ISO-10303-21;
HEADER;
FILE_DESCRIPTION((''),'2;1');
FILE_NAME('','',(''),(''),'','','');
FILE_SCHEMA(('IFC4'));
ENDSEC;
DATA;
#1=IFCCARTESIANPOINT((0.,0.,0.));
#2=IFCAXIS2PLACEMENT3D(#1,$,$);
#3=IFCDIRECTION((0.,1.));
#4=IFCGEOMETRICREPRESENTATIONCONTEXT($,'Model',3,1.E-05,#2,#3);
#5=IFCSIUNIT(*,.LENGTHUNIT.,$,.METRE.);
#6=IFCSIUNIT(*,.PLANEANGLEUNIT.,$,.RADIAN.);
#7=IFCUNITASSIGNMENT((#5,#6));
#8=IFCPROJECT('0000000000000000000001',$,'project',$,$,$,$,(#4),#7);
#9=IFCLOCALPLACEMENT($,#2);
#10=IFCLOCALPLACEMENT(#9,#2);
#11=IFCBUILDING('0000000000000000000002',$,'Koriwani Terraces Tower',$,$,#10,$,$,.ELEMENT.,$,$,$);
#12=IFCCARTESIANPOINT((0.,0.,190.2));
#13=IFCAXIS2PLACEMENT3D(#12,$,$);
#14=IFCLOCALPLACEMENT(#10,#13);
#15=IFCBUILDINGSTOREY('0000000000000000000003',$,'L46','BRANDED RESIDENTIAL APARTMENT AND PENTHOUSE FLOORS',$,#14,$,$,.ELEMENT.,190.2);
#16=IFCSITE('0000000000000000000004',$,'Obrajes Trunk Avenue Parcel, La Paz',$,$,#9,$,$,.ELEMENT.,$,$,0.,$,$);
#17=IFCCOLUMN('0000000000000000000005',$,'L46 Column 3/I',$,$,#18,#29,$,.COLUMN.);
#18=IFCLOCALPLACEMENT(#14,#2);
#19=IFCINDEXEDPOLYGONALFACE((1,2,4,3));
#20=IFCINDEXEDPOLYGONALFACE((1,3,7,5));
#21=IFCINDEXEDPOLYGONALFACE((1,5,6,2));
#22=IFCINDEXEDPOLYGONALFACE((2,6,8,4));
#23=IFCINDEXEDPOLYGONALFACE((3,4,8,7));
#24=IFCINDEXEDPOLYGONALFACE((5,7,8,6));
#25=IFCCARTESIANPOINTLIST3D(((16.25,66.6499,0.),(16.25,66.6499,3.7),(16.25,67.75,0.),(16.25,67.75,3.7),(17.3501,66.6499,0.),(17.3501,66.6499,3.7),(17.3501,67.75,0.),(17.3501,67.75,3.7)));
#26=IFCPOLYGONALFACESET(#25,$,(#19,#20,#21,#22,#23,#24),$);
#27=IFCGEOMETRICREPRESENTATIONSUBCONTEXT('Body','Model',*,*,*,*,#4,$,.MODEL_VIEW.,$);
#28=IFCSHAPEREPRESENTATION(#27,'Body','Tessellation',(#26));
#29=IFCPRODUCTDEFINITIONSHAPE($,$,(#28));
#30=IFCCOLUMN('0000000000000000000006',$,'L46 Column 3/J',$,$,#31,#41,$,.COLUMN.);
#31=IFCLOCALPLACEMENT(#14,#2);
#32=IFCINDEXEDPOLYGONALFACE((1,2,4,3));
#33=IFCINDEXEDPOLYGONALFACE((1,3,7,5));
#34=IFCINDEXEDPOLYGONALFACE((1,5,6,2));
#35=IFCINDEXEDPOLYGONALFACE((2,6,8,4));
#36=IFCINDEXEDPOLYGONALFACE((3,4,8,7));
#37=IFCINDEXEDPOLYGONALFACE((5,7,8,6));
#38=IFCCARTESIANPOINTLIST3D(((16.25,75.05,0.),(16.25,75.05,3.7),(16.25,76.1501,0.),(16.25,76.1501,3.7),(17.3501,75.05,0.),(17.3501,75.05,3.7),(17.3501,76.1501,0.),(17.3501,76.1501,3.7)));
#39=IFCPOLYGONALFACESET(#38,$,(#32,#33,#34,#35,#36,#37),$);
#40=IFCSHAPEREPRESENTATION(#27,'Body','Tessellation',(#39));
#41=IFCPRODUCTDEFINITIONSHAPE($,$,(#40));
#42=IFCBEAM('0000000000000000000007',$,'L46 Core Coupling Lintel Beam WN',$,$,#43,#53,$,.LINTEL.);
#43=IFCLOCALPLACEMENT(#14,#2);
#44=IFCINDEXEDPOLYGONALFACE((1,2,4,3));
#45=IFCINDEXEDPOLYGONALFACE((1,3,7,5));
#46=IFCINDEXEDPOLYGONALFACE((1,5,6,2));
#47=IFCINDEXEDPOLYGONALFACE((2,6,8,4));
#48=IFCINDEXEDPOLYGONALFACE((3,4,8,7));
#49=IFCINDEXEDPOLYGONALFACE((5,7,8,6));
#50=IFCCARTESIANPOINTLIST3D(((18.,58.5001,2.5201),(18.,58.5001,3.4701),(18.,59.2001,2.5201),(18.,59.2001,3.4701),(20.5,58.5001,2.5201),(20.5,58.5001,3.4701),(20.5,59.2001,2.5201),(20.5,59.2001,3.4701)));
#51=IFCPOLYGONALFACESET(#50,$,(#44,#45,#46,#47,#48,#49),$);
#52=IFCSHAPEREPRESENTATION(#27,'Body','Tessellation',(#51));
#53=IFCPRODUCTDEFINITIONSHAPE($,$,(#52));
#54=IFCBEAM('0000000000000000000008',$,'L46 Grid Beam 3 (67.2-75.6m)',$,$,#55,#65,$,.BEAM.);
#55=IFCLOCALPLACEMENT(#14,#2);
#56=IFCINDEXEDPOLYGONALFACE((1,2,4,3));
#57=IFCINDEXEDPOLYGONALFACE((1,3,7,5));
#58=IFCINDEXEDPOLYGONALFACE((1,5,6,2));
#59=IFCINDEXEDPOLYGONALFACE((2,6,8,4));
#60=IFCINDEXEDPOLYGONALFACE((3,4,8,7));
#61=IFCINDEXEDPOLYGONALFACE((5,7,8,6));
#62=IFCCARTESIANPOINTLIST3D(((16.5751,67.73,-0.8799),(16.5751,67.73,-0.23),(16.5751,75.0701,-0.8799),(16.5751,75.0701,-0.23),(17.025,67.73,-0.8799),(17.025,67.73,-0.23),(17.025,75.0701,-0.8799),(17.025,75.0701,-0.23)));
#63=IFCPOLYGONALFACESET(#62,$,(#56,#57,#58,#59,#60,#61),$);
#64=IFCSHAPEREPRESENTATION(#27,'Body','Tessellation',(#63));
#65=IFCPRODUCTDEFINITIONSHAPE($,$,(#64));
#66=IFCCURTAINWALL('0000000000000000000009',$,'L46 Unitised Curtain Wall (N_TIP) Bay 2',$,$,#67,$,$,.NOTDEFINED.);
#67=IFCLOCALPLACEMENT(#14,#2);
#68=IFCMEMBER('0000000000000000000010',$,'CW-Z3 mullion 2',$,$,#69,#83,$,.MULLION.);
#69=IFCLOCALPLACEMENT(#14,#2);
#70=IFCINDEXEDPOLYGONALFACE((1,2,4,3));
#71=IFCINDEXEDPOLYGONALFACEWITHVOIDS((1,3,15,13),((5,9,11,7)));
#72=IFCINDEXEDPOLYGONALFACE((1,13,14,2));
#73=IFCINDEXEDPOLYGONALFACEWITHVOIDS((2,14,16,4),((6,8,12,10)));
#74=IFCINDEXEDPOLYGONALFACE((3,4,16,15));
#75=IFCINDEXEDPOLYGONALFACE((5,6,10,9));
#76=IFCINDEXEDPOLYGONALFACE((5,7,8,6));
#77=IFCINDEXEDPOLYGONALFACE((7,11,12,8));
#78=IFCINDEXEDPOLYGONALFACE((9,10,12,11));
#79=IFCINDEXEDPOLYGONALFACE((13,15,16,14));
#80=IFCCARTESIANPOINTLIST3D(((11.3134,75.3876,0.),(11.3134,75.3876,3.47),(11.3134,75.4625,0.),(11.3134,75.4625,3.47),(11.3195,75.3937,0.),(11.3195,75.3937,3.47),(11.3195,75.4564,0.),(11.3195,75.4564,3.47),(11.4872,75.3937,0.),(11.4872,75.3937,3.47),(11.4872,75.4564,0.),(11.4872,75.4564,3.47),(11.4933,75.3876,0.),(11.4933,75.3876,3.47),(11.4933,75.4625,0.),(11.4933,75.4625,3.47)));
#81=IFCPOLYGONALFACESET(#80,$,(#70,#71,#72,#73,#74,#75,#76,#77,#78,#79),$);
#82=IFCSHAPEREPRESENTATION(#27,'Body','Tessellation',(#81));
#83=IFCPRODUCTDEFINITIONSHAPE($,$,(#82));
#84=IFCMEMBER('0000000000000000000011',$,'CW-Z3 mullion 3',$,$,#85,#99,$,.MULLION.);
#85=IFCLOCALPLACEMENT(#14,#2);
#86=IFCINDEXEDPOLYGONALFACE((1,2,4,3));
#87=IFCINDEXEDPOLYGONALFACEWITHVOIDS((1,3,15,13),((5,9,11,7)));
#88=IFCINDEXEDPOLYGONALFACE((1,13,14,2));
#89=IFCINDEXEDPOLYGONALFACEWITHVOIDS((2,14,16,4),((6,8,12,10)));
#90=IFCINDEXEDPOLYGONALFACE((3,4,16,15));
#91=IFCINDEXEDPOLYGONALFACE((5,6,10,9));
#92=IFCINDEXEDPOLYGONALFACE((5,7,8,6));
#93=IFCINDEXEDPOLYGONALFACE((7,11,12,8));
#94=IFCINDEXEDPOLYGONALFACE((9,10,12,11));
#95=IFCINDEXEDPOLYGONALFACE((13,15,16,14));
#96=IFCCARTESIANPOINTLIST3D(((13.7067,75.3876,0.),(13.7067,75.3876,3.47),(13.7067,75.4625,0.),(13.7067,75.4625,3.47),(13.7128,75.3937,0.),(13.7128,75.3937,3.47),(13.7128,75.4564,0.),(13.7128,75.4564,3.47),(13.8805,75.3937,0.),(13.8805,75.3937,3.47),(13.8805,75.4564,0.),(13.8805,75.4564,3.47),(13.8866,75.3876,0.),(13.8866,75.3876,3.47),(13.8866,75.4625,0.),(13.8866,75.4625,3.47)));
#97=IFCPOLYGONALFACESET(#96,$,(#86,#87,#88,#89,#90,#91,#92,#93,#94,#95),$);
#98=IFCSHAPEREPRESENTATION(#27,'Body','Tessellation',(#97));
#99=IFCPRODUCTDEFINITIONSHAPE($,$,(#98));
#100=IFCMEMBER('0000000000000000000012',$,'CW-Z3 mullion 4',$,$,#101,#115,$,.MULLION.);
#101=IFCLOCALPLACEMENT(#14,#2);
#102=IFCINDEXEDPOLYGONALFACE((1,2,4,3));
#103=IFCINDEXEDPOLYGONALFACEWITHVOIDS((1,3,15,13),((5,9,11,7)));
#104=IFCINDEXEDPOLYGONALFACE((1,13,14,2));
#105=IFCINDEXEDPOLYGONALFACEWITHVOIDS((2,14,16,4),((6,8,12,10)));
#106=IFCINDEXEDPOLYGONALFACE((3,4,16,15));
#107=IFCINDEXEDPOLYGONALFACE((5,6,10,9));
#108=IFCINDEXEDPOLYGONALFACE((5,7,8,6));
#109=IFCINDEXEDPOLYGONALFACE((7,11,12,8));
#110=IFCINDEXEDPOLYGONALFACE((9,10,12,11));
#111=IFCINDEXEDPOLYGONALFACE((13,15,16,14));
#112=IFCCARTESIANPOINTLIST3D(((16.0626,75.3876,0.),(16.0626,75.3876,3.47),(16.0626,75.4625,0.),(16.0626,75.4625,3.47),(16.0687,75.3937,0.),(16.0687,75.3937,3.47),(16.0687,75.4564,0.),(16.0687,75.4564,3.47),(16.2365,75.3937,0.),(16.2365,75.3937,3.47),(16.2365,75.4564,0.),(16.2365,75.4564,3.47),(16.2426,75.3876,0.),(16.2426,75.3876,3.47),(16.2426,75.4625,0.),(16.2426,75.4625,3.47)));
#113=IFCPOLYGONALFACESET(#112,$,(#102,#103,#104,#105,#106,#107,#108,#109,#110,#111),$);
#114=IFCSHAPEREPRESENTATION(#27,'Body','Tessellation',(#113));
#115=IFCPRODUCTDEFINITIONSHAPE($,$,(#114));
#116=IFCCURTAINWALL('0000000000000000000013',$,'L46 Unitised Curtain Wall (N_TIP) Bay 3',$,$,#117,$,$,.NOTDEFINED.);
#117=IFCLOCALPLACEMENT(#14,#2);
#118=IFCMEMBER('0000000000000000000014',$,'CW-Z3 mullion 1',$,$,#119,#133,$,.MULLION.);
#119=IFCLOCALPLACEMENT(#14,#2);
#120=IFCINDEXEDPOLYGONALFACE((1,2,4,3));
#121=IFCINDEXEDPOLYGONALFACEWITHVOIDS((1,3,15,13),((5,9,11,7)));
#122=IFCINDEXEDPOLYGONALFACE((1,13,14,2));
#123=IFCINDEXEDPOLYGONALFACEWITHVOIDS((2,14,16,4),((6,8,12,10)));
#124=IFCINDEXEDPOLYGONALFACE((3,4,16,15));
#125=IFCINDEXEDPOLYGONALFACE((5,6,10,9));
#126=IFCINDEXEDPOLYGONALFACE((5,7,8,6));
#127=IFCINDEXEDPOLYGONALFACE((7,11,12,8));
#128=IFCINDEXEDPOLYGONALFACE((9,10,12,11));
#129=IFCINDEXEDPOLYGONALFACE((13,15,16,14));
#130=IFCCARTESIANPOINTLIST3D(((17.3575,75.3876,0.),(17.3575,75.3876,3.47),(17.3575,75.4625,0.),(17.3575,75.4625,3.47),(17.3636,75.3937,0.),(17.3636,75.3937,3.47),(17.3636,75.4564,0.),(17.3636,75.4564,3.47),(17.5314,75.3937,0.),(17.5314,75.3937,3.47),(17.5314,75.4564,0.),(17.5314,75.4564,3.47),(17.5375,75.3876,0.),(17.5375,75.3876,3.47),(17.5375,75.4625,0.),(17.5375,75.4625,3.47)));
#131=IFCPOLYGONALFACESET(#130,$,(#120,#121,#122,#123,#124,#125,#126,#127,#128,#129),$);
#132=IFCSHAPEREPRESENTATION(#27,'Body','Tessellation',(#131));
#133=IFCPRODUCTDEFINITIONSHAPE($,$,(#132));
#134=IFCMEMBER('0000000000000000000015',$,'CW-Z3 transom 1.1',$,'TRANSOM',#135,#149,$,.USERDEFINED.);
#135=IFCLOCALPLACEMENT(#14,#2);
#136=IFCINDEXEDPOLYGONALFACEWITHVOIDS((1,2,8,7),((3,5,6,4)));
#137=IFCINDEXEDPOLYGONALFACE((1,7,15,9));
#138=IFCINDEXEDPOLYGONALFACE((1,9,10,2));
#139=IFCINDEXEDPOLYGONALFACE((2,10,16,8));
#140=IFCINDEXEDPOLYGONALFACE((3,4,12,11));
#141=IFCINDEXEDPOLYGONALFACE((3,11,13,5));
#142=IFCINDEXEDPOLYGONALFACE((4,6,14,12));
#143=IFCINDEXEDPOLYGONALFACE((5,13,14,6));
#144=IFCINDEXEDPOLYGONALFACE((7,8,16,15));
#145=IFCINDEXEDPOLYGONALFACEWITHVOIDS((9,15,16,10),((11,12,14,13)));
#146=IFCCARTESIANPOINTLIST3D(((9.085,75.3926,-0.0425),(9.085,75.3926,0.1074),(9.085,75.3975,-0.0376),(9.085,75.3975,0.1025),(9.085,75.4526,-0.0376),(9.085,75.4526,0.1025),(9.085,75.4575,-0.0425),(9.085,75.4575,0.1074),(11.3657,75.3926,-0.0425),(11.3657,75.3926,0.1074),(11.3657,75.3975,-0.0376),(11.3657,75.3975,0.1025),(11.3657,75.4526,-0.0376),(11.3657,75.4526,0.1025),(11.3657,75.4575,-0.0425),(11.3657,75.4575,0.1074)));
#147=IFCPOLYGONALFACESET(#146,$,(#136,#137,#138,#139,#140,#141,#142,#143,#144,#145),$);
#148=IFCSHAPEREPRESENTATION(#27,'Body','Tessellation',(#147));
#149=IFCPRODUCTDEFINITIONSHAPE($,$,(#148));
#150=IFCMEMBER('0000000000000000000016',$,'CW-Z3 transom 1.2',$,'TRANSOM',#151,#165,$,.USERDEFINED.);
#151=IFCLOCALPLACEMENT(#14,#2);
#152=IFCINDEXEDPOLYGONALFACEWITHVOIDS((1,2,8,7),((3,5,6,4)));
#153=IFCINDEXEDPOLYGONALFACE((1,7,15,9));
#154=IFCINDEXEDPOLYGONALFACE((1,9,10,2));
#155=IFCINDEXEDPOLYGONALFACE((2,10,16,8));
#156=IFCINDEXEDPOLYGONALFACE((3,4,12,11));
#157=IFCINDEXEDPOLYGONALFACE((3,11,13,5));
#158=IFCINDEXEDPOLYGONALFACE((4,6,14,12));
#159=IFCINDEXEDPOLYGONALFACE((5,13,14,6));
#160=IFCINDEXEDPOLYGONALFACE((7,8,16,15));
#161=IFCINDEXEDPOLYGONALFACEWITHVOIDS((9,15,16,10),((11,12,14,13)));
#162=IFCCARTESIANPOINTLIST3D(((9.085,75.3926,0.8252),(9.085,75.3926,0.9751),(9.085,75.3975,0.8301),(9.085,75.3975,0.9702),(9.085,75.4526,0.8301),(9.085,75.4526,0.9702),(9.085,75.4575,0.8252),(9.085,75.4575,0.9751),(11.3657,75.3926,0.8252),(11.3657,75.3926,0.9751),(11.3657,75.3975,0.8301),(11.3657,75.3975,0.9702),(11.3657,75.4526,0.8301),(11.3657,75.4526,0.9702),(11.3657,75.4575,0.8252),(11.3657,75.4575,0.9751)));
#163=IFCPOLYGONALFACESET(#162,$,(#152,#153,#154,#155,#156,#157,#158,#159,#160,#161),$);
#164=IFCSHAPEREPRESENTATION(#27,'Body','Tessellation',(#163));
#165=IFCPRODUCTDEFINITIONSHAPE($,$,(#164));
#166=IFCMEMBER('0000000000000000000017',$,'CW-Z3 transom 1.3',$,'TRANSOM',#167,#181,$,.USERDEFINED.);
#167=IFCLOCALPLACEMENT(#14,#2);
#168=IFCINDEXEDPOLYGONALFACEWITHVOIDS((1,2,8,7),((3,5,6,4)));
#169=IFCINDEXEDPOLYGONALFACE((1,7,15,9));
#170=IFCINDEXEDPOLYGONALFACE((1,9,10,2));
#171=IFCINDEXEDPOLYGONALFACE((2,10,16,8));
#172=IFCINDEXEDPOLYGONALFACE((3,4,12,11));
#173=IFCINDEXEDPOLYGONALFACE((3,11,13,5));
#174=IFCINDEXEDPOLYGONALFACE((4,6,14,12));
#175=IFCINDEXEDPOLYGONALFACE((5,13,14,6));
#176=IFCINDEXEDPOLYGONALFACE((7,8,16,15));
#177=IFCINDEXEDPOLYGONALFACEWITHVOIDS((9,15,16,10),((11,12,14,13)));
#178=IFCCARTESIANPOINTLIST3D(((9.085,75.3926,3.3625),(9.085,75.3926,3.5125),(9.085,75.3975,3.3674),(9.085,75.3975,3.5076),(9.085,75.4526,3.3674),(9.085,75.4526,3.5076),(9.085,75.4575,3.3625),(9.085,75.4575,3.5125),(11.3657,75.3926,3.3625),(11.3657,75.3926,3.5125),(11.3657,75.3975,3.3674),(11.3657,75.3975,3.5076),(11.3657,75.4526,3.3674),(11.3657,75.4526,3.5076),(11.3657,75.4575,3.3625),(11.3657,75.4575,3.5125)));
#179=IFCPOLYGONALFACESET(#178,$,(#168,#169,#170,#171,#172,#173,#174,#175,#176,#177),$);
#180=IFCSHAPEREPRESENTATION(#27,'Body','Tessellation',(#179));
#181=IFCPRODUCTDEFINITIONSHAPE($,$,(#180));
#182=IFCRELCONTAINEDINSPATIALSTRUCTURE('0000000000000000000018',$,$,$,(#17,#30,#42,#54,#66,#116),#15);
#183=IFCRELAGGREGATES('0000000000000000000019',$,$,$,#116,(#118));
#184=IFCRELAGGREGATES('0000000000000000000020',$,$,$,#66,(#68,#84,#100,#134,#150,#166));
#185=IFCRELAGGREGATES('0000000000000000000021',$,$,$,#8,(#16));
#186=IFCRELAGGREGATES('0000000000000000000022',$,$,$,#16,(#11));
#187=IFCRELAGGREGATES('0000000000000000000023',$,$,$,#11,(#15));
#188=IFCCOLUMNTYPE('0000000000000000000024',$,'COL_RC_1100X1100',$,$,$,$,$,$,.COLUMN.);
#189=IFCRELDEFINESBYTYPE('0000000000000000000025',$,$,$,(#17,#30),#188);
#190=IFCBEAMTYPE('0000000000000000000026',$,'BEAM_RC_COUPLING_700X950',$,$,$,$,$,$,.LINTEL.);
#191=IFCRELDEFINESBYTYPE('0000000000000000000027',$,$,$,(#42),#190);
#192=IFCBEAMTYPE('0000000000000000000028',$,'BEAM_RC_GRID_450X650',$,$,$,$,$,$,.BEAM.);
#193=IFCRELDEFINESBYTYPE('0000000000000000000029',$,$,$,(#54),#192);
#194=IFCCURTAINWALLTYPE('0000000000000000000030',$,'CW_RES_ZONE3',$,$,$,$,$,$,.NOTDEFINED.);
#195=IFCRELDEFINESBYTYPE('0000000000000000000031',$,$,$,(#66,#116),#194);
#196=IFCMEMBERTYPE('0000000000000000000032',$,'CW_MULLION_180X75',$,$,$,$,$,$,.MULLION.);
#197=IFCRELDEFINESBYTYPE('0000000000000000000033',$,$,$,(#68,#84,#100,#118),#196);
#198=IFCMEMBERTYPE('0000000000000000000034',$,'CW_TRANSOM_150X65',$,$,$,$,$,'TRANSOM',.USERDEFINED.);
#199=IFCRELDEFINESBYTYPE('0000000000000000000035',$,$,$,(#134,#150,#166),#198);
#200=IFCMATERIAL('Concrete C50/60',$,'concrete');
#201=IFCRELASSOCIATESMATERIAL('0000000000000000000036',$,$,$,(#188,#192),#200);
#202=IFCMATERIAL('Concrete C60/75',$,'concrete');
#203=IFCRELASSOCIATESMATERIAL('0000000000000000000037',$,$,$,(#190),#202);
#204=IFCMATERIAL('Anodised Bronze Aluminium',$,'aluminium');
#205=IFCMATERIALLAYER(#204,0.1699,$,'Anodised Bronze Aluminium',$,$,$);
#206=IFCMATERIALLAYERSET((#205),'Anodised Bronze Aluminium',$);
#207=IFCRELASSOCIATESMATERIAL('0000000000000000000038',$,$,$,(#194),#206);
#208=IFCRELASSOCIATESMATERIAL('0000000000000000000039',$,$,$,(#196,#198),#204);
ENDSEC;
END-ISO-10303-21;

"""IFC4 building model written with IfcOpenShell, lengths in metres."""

from ifc_helpers import new_model, si_unit, direction, frame, origin, origin_2d, place, context, subcontext, project, spatial, rectangle, hollow_rectangle, extrude, material, layer, layer_set, material_profile, profile_set, type_object, element, aggregate, save


model = new_model("IFC4")

# Units and contexts
model_context = context("Model", 3, precision=1e-05, world=origin(), true_north=direction((0.0, 1.0)))
body_context = subcontext(model_context, "Body", "Model", "MODEL_VIEW")
ifc_project = project(units=[si_unit("LENGTHUNIT", "METRE"), si_unit("PLANEANGLEUNIT", "RADIAN")], contexts=[model_context])

# Site, building, storey
site_placement = place(None, origin())
site = spatial("IfcSite", under=ifc_project, at=site_placement, Name="Obrajes Trunk Avenue Parcel, La Paz", CompositionType="ELEMENT", RefElevation=0.0)
building_placement = place(site_placement, origin())
building = spatial("IfcBuilding", under=site, at=building_placement, Name="Koriwani Terraces Tower", CompositionType="ELEMENT")
storey_placement = place(building_placement, frame((0.0, 0.0, 190.2)))
storey = spatial("IfcBuildingStorey", under=building, at=storey_placement, Name="L46", Description="BRANDED RESIDENTIAL APARTMENT AND PENTHOUSE FLOORS", CompositionType="ELEMENT", Elevation=190.2)

# Columns
ifc_material_1 = material(Name="Concrete C50/60", Category="concrete")
ifc_material_profile_1 = material_profile(ifc_material_1, rectangle(XDim=1.1001, YDim=1.1001, at=origin_2d()), Name="Concrete C50/60", Category="LoadBearing")
ifc_profile_set_1 = profile_set([ifc_material_profile_1], Name="Concrete C50/60")
column_type = type_object("IfcColumnType", Name="COL_RC_1100X1100", PredefinedType="COLUMN", material=ifc_profile_set_1)
for number, where, z_axis, x_axis, name in (
    (1, (16.8, 67.2, 0.0), (0.0, 0.0, 1.0), (1.0, 0.0, 0.0), "L46 Column 3/I"),
    (2, (16.8, 75.6001, 0.0), (0.0, 0.0, 1.0), (1.0, 0.0, 0.0), "L46 Column 3/J"),
):
    element("IfcColumn", number, at=place(storey_placement, frame(where, z_axis=z_axis, x_axis=x_axis)), inside=storey, type_object=column_type, Name=name, PredefinedType="COLUMN", context=body_context, shape_type="SweptSolid", body=[
        extrude(rectangle(XDim=1.1001, YDim=1.1001, at=origin_2d()), origin(), (0.0, 0.0, 1.0), 3.7),
    ])

# Beams
ifc_material_2 = material(Name="Concrete C60/75", Category="concrete")
ifc_material_profile_2 = material_profile(ifc_material_2, rectangle(XDim=0.7, YDim=0.95, at=origin_2d()), Name="Concrete C60/75", Category="LoadBearing")
ifc_profile_set_2 = profile_set([ifc_material_profile_2], Name="Concrete C60/75")
beam_type_1 = type_object("IfcBeamType", Name="BEAM_RC_COUPLING_700X950", PredefinedType="LINTEL", material=ifc_profile_set_2)
beam_1_placement = place(storey_placement, frame((18.0, 58.8501, 2.9951), z_axis=(1.0, 0.0, 0.0), x_axis=(0.0, 1.0, 0.0)))
element("IfcBeam", 3, at=beam_1_placement, inside=storey, type_object=beam_type_1, Name="L46 Core Coupling Lintel Beam WN", PredefinedType="LINTEL", context=body_context, shape_type="SweptSolid", body=[
    extrude(rectangle(XDim=0.7, YDim=0.95, at=origin_2d()), origin(), (0.0, 0.0, 1.0), 2.5),
])
ifc_material_profile_3 = material_profile(ifc_material_1, rectangle(XDim=0.45, YDim=0.6499, at=origin_2d()), Name="Concrete C50/60", Category="LoadBearing")
ifc_profile_set_3 = profile_set([ifc_material_profile_3], Name="Concrete C50/60")
beam_type_2 = type_object("IfcBeamType", Name="BEAM_RC_GRID_450X650", PredefinedType="BEAM", material=ifc_profile_set_3)
beam_2_placement = place(storey_placement, frame((16.8, 67.73, -0.5549), z_axis=(0.0, 1.0, 0.0), x_axis=(-1.0, 0.0, 0.0)))
element("IfcBeam", 4, at=beam_2_placement, inside=storey, type_object=beam_type_2, Name="L46 Grid Beam 3 (67.2-75.6m)", PredefinedType="BEAM", context=body_context, shape_type="SweptSolid", body=[
    extrude(rectangle(XDim=0.45, YDim=0.6499, at=origin_2d()), origin(), (0.0, 0.0, 1.0), 7.3401),
])

# Curtain wall, members
ifc_material_3 = material(Name="Anodised Bronze Aluminium", Category="aluminium")
ifc_layer_1 = layer(ifc_material_3, 0.1699, Name="Anodised Bronze Aluminium")
ifc_layer_set_1 = layer_set([ifc_layer_1], Name="Anodised Bronze Aluminium")
curtain_wall_type = type_object("IfcCurtainWallType", Name="CW_RES_ZONE3", PredefinedType="NOTDEFINED", material=ifc_layer_set_1)
curtain_wall_1_placement = place(storey_placement, origin())
curtain_wall_1 = element("IfcCurtainWall", 5, at=curtain_wall_1_placement, inside=storey, type_object=curtain_wall_type, Name="L46 Unitised Curtain Wall (N_TIP) Bay 2", PredefinedType="NOTDEFINED")
ifc_material_profile_4 = material_profile(ifc_material_3, hollow_rectangle(XDim=0.075, YDim=0.1799, WallThickness=0.0061, at=origin_2d()), Name="Anodised Bronze Aluminium", Category="LoadBearing")
ifc_profile_set_4 = profile_set([ifc_material_profile_4], Name="Anodised Bronze Aluminium")
member_type_1 = type_object("IfcMemberType", Name="CW_MULLION_180X75", PredefinedType="MULLION", material=ifc_profile_set_4)
member_1_placement = place(storey_placement, frame((11.4033, 75.425, 0.0), z_axis=(0.0, 0.0, 1.0), x_axis=(0.0, 1.0, 0.0)))
member_1 = element("IfcMember", 6, at=member_1_placement, type_object=member_type_1, Name="CW-Z3 mullion 2", PredefinedType="MULLION", context=body_context, shape_type="SweptSolid", body=[
    extrude(hollow_rectangle(XDim=0.075, YDim=0.1799, WallThickness=0.0061, at=origin_2d()), origin(), (0.0, 0.0, 1.0), 3.47),
])
member_2_placement = place(storey_placement, frame((13.7966, 75.425, 0.0), z_axis=(0.0, 0.0, 1.0), x_axis=(0.0, 1.0, 0.0)))
member_2 = element("IfcMember", 7, at=member_2_placement, type_object=member_type_1, Name="CW-Z3 mullion 3", PredefinedType="MULLION", context=body_context, shape_type="SweptSolid", body=[
    extrude(hollow_rectangle(XDim=0.075, YDim=0.1799, WallThickness=0.0061, at=origin_2d()), origin(), (0.0, 0.0, 1.0), 3.47),
])
member_3_placement = place(storey_placement, frame((16.1526, 75.425, 0.0), z_axis=(0.0, 0.0, 1.0), x_axis=(0.0, 1.0, 0.0)))
member_3 = element("IfcMember", 8, at=member_3_placement, type_object=member_type_1, Name="CW-Z3 mullion 4", PredefinedType="MULLION", context=body_context, shape_type="SweptSolid", body=[
    extrude(hollow_rectangle(XDim=0.075, YDim=0.1799, WallThickness=0.0061, at=origin_2d()), origin(), (0.0, 0.0, 1.0), 3.47),
])

# Curtain wall, member
curtain_wall_2_placement = place(storey_placement, origin())
curtain_wall_2 = element("IfcCurtainWall", 9, at=curtain_wall_2_placement, inside=storey, type_object=curtain_wall_type, Name="L46 Unitised Curtain Wall (N_TIP) Bay 3", PredefinedType="NOTDEFINED")
member_4_placement = place(storey_placement, frame((17.4475, 75.425, 0.0), z_axis=(0.0, 0.0, 1.0), x_axis=(0.0, 1.0, 0.0)))
member_4 = element("IfcMember", 10, at=member_4_placement, type_object=member_type_1, Name="CW-Z3 mullion 1", PredefinedType="MULLION", context=body_context, shape_type="SweptSolid", body=[
    extrude(hollow_rectangle(XDim=0.075, YDim=0.1799, WallThickness=0.0061, at=origin_2d()), origin(), (0.0, 0.0, 1.0), 3.47),
])

# Members
ifc_material_profile_5 = material_profile(ifc_material_3, hollow_rectangle(XDim=0.0649, YDim=0.1499, WallThickness=0.0049, at=origin_2d()), Name="Anodised Bronze Aluminium", Category="LoadBearing")
ifc_profile_set_5 = profile_set([ifc_material_profile_5], Name="Anodised Bronze Aluminium")
member_type_2 = type_object("IfcMemberType", Name="CW_TRANSOM_150X65", ElementType="TRANSOM", PredefinedType="USERDEFINED", material=ifc_profile_set_5)
member_5_placement = place(storey_placement, frame((9.085, 75.425, 0.0325), z_axis=(1.0, 0.0, 0.0), x_axis=(0.0, 1.0, 0.0)))
member_5 = element("IfcMember", 11, at=member_5_placement, type_object=member_type_2, Name="CW-Z3 transom 1.1", ObjectType="TRANSOM", PredefinedType="USERDEFINED", context=body_context, shape_type="SweptSolid", body=[
    extrude(hollow_rectangle(XDim=0.0649, YDim=0.1499, WallThickness=0.0049, at=origin_2d()), origin(), (0.0, 0.0, 1.0), 2.2808),
])
member_6_placement = place(storey_placement, frame((9.085, 75.425, 0.9001), z_axis=(1.0, 0.0, 0.0), x_axis=(0.0, 1.0, 0.0)))
member_6 = element("IfcMember", 12, at=member_6_placement, type_object=member_type_2, Name="CW-Z3 transom 1.2", ObjectType="TRANSOM", PredefinedType="USERDEFINED", context=body_context, shape_type="SweptSolid", body=[
    extrude(hollow_rectangle(XDim=0.0649, YDim=0.1499, WallThickness=0.0049, at=origin_2d()), origin(), (0.0, 0.0, 1.0), 2.2808),
])
member_7_placement = place(storey_placement, frame((9.085, 75.425, 3.4375), z_axis=(1.0, 0.0, 0.0), x_axis=(0.0, 1.0, 0.0)))
member_7 = element("IfcMember", 13, at=member_7_placement, type_object=member_type_2, Name="CW-Z3 transom 1.3", ObjectType="TRANSOM", PredefinedType="USERDEFINED", context=body_context, shape_type="SweptSolid", body=[
    extrude(hollow_rectangle(XDim=0.0649, YDim=0.1499, WallThickness=0.0049, at=origin_2d()), origin(), (0.0, 0.0, 1.0), 2.2808),
])
aggregate(curtain_wall_2, [member_4])

aggregate(curtain_wall_1, [member_1, member_2, member_3, member_5, member_6, member_7])

save(model, "model.ifc")
